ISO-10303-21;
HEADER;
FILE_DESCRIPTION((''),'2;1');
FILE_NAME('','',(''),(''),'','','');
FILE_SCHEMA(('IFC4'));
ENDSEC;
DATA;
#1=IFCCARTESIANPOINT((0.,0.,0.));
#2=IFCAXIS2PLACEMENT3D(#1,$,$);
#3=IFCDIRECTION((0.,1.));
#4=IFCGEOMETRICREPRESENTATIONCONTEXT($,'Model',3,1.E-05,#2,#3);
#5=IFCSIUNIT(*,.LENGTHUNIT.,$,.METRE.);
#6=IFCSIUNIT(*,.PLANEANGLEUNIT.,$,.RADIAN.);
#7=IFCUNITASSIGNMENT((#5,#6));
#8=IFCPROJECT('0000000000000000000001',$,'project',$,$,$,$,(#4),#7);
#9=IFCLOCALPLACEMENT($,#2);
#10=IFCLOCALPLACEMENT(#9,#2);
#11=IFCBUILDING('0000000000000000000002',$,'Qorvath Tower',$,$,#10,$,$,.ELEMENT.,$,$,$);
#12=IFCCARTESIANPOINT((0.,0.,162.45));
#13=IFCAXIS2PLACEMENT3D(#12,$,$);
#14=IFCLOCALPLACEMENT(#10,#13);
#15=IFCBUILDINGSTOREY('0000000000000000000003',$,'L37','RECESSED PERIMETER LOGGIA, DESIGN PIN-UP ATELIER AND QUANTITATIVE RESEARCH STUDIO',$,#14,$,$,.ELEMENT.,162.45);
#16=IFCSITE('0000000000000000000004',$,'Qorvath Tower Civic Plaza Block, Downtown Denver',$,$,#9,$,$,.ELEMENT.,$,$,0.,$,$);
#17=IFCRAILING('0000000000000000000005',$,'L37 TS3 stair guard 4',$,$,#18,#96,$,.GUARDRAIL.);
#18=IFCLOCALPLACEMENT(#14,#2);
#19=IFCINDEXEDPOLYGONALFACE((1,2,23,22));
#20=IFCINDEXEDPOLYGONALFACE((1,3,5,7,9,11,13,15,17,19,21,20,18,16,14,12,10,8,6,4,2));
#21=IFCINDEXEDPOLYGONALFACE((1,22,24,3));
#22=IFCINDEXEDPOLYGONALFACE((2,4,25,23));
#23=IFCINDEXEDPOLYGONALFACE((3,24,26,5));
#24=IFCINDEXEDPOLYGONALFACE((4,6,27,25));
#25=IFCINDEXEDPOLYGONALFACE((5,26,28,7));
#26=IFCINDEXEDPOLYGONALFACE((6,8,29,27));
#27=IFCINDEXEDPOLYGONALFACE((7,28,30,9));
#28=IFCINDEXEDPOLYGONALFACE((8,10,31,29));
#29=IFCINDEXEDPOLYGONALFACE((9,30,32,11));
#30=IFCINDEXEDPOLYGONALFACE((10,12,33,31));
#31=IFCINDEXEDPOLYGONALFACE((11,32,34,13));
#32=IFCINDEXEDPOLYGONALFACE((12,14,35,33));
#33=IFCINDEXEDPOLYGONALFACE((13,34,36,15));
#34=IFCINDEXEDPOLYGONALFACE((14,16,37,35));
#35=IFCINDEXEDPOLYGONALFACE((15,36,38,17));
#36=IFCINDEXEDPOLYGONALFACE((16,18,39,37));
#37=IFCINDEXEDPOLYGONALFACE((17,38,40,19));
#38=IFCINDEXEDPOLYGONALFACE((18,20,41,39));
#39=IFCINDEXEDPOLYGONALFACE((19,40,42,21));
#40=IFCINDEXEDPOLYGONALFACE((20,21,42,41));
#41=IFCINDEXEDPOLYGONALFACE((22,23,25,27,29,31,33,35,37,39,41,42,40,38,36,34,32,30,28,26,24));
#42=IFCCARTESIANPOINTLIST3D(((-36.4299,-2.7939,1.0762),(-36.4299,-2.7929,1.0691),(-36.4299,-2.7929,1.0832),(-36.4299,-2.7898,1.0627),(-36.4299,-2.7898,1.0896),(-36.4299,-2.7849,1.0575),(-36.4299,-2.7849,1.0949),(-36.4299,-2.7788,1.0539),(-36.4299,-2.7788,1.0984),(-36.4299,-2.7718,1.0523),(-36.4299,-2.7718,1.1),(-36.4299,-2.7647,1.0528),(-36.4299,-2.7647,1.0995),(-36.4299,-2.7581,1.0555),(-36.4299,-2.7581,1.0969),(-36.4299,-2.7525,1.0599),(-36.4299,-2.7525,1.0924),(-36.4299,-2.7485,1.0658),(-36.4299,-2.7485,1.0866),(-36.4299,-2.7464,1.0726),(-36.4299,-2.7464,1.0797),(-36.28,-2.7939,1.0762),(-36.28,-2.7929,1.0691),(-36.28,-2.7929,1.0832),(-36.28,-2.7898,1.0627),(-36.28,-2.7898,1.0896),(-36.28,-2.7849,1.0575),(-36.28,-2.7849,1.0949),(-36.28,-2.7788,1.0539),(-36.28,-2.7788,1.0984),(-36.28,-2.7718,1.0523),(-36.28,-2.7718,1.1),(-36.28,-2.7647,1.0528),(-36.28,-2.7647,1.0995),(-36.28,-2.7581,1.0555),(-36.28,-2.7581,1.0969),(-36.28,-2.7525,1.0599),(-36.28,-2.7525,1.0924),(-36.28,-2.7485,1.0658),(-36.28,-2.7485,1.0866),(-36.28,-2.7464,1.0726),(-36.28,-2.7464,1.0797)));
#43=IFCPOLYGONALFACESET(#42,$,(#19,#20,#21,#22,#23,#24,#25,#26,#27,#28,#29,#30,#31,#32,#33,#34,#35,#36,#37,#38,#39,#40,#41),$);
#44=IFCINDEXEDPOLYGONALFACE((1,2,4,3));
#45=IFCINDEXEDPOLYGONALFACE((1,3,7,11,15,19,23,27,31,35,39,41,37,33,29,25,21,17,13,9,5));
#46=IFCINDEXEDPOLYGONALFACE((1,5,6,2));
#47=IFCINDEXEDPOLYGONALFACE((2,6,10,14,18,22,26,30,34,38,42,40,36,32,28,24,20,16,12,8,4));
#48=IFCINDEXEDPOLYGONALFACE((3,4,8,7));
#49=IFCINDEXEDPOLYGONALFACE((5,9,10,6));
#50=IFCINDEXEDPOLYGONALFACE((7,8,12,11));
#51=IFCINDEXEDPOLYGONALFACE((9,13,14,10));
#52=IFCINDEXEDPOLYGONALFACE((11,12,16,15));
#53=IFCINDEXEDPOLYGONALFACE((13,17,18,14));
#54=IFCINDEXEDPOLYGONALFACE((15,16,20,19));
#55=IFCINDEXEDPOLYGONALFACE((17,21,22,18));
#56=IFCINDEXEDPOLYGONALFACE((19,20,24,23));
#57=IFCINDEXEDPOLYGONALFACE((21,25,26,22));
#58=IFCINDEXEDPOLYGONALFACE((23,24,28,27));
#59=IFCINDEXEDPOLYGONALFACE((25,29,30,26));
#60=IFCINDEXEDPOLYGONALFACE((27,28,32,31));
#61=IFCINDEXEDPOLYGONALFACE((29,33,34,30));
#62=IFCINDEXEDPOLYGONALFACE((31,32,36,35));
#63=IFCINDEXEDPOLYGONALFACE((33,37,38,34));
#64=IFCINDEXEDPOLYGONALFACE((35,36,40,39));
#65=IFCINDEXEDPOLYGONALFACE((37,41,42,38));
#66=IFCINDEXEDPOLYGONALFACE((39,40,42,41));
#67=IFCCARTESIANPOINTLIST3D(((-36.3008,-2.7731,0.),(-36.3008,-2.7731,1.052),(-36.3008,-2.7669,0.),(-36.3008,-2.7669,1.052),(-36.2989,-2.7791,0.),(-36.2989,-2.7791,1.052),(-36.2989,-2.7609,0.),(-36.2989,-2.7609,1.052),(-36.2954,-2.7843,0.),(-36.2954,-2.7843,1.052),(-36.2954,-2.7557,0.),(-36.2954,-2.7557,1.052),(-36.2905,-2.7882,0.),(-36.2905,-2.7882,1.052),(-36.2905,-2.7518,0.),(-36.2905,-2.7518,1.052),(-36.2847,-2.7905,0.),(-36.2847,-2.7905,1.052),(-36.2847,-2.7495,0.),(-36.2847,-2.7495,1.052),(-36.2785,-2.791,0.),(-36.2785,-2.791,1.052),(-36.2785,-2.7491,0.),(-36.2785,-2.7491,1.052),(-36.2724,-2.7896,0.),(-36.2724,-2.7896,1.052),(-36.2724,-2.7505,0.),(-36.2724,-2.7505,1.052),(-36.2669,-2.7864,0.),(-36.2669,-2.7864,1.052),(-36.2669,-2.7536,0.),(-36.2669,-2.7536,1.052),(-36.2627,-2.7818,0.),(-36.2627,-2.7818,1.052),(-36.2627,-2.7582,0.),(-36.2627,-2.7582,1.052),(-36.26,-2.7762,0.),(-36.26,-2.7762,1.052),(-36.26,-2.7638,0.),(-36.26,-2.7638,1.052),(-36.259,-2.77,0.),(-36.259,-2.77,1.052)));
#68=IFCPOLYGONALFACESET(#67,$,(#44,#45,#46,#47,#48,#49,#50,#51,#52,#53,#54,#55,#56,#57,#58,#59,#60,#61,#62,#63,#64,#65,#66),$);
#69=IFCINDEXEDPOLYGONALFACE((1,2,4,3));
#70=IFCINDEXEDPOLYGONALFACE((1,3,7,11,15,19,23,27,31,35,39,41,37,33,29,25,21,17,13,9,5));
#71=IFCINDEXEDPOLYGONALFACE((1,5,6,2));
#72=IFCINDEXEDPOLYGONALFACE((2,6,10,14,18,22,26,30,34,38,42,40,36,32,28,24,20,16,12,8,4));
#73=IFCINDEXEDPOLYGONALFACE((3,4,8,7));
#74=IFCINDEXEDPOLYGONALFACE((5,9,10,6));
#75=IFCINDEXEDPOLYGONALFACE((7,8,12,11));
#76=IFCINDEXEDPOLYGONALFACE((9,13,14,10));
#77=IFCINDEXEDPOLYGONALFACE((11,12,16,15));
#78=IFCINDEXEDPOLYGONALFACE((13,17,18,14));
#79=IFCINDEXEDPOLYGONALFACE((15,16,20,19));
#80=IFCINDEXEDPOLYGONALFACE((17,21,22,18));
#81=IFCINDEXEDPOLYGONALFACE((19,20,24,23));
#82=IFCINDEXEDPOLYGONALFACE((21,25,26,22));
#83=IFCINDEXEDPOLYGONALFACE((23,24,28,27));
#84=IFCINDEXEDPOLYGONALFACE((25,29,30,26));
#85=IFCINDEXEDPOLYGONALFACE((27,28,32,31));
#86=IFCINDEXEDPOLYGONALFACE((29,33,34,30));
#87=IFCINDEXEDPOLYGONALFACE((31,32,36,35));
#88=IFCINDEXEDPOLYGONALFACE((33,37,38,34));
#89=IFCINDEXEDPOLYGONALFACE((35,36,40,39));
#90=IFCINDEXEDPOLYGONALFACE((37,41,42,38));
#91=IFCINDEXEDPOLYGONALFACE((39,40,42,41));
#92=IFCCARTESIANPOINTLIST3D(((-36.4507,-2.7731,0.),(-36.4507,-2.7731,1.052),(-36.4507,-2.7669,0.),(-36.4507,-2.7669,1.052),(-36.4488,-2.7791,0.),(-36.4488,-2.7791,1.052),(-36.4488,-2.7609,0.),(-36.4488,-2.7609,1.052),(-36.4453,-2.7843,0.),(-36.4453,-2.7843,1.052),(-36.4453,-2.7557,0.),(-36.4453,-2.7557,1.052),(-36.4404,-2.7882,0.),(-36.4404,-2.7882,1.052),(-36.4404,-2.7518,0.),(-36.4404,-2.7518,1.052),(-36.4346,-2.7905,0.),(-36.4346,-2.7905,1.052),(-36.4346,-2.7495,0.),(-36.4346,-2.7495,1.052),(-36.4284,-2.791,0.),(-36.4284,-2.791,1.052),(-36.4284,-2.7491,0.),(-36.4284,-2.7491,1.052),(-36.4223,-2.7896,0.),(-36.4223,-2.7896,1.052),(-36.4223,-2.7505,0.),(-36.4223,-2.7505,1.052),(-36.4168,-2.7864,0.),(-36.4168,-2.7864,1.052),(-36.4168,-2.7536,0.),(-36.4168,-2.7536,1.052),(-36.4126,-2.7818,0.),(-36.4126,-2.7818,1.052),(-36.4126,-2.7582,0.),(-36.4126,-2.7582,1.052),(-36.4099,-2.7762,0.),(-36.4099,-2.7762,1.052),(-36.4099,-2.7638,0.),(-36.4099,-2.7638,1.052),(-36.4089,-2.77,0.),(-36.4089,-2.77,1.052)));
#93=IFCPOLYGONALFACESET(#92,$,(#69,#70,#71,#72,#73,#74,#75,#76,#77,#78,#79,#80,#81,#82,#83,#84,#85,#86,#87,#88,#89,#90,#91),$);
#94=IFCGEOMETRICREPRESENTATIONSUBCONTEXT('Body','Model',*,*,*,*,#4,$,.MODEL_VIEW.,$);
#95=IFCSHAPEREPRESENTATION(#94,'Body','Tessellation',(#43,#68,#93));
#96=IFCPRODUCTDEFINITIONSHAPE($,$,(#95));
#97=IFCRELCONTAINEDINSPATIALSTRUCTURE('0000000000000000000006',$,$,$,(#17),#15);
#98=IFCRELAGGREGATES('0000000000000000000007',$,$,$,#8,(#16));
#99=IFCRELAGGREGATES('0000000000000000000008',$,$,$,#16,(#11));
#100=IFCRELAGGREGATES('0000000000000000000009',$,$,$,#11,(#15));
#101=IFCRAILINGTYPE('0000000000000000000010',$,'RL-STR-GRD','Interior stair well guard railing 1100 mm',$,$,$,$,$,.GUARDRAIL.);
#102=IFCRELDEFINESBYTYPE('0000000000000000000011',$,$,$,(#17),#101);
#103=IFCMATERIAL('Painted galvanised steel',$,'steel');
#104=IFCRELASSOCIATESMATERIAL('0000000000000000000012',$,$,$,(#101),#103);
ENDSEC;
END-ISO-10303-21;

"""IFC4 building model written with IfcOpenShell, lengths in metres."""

from ifc_helpers import new_model, si_unit, direction, frame, origin, origin_2d, place, context, subcontext, project, spatial, circle, extrude, material, type_object, element, save


model = new_model("IFC4")

# Units and contexts
model_context = context("Model", 3, precision=1e-05, world=origin(), true_north=direction((0.0, 1.0)))
body_context = subcontext(model_context, "Body", "Model", "MODEL_VIEW")
ifc_project = project(units=[si_unit("LENGTHUNIT", "METRE"), si_unit("PLANEANGLEUNIT", "RADIAN")], contexts=[model_context])

# Site, building, storey
site_placement = place(None, origin())
site = spatial("IfcSite", under=ifc_project, at=site_placement, Name="Qorvath Tower Civic Plaza Block, Downtown Denver", CompositionType="ELEMENT", RefElevation=0.0)
building_placement = place(site_placement, origin())
building = spatial("IfcBuilding", under=site, at=building_placement, Name="Qorvath Tower", CompositionType="ELEMENT")
storey_placement = place(building_placement, frame((0.0, 0.0, 162.45)))
storey = spatial("IfcBuildingStorey", under=building, at=storey_placement, Name="L37", Description="RECESSED PERIMETER LOGGIA, DESIGN PIN-UP ATELIER AND QUANTITATIVE RESEARCH STUDIO", CompositionType="ELEMENT", Elevation=162.45)

# Railing
ifc_material_1 = material(Name="Painted galvanised steel", Category="steel")
railing_type_1 = type_object("IfcRailingType", Name="RL-STR-GRD", Description="Interior stair well guard railing 1100 mm", PredefinedType="GUARDRAIL", material=ifc_material_1)
railing_1_placement = place(storey_placement, frame((-36.28, -2.77, 0.0)))
element("IfcRailing", 1, at=railing_1_placement, inside=storey, type_object=railing_type_1, Name="L37 TS3 stair guard 4", PredefinedType="GUARDRAIL", context=body_context, shape_type="SweptSolid", body=[
    extrude(circle(Radius=0.0239, at=origin_2d()), frame((0.0, 0.0, 1.0762), z_axis=(-1.0, 0.0, 0.0), x_axis=(0.0, -1.0, 0.0)), (0.0, 0.0, 1.0), 0.1499),
    extrude(circle(Radius=0.021, at=origin_2d()), origin(), (0.0, 0.0, 1.0), 1.052),
    extrude(circle(Radius=0.021, at=origin_2d()), frame((-0.1499, 0.0, 0.0)), (0.0, 0.0, 1.0), 1.052),
])

save(model, "model.ifc")
